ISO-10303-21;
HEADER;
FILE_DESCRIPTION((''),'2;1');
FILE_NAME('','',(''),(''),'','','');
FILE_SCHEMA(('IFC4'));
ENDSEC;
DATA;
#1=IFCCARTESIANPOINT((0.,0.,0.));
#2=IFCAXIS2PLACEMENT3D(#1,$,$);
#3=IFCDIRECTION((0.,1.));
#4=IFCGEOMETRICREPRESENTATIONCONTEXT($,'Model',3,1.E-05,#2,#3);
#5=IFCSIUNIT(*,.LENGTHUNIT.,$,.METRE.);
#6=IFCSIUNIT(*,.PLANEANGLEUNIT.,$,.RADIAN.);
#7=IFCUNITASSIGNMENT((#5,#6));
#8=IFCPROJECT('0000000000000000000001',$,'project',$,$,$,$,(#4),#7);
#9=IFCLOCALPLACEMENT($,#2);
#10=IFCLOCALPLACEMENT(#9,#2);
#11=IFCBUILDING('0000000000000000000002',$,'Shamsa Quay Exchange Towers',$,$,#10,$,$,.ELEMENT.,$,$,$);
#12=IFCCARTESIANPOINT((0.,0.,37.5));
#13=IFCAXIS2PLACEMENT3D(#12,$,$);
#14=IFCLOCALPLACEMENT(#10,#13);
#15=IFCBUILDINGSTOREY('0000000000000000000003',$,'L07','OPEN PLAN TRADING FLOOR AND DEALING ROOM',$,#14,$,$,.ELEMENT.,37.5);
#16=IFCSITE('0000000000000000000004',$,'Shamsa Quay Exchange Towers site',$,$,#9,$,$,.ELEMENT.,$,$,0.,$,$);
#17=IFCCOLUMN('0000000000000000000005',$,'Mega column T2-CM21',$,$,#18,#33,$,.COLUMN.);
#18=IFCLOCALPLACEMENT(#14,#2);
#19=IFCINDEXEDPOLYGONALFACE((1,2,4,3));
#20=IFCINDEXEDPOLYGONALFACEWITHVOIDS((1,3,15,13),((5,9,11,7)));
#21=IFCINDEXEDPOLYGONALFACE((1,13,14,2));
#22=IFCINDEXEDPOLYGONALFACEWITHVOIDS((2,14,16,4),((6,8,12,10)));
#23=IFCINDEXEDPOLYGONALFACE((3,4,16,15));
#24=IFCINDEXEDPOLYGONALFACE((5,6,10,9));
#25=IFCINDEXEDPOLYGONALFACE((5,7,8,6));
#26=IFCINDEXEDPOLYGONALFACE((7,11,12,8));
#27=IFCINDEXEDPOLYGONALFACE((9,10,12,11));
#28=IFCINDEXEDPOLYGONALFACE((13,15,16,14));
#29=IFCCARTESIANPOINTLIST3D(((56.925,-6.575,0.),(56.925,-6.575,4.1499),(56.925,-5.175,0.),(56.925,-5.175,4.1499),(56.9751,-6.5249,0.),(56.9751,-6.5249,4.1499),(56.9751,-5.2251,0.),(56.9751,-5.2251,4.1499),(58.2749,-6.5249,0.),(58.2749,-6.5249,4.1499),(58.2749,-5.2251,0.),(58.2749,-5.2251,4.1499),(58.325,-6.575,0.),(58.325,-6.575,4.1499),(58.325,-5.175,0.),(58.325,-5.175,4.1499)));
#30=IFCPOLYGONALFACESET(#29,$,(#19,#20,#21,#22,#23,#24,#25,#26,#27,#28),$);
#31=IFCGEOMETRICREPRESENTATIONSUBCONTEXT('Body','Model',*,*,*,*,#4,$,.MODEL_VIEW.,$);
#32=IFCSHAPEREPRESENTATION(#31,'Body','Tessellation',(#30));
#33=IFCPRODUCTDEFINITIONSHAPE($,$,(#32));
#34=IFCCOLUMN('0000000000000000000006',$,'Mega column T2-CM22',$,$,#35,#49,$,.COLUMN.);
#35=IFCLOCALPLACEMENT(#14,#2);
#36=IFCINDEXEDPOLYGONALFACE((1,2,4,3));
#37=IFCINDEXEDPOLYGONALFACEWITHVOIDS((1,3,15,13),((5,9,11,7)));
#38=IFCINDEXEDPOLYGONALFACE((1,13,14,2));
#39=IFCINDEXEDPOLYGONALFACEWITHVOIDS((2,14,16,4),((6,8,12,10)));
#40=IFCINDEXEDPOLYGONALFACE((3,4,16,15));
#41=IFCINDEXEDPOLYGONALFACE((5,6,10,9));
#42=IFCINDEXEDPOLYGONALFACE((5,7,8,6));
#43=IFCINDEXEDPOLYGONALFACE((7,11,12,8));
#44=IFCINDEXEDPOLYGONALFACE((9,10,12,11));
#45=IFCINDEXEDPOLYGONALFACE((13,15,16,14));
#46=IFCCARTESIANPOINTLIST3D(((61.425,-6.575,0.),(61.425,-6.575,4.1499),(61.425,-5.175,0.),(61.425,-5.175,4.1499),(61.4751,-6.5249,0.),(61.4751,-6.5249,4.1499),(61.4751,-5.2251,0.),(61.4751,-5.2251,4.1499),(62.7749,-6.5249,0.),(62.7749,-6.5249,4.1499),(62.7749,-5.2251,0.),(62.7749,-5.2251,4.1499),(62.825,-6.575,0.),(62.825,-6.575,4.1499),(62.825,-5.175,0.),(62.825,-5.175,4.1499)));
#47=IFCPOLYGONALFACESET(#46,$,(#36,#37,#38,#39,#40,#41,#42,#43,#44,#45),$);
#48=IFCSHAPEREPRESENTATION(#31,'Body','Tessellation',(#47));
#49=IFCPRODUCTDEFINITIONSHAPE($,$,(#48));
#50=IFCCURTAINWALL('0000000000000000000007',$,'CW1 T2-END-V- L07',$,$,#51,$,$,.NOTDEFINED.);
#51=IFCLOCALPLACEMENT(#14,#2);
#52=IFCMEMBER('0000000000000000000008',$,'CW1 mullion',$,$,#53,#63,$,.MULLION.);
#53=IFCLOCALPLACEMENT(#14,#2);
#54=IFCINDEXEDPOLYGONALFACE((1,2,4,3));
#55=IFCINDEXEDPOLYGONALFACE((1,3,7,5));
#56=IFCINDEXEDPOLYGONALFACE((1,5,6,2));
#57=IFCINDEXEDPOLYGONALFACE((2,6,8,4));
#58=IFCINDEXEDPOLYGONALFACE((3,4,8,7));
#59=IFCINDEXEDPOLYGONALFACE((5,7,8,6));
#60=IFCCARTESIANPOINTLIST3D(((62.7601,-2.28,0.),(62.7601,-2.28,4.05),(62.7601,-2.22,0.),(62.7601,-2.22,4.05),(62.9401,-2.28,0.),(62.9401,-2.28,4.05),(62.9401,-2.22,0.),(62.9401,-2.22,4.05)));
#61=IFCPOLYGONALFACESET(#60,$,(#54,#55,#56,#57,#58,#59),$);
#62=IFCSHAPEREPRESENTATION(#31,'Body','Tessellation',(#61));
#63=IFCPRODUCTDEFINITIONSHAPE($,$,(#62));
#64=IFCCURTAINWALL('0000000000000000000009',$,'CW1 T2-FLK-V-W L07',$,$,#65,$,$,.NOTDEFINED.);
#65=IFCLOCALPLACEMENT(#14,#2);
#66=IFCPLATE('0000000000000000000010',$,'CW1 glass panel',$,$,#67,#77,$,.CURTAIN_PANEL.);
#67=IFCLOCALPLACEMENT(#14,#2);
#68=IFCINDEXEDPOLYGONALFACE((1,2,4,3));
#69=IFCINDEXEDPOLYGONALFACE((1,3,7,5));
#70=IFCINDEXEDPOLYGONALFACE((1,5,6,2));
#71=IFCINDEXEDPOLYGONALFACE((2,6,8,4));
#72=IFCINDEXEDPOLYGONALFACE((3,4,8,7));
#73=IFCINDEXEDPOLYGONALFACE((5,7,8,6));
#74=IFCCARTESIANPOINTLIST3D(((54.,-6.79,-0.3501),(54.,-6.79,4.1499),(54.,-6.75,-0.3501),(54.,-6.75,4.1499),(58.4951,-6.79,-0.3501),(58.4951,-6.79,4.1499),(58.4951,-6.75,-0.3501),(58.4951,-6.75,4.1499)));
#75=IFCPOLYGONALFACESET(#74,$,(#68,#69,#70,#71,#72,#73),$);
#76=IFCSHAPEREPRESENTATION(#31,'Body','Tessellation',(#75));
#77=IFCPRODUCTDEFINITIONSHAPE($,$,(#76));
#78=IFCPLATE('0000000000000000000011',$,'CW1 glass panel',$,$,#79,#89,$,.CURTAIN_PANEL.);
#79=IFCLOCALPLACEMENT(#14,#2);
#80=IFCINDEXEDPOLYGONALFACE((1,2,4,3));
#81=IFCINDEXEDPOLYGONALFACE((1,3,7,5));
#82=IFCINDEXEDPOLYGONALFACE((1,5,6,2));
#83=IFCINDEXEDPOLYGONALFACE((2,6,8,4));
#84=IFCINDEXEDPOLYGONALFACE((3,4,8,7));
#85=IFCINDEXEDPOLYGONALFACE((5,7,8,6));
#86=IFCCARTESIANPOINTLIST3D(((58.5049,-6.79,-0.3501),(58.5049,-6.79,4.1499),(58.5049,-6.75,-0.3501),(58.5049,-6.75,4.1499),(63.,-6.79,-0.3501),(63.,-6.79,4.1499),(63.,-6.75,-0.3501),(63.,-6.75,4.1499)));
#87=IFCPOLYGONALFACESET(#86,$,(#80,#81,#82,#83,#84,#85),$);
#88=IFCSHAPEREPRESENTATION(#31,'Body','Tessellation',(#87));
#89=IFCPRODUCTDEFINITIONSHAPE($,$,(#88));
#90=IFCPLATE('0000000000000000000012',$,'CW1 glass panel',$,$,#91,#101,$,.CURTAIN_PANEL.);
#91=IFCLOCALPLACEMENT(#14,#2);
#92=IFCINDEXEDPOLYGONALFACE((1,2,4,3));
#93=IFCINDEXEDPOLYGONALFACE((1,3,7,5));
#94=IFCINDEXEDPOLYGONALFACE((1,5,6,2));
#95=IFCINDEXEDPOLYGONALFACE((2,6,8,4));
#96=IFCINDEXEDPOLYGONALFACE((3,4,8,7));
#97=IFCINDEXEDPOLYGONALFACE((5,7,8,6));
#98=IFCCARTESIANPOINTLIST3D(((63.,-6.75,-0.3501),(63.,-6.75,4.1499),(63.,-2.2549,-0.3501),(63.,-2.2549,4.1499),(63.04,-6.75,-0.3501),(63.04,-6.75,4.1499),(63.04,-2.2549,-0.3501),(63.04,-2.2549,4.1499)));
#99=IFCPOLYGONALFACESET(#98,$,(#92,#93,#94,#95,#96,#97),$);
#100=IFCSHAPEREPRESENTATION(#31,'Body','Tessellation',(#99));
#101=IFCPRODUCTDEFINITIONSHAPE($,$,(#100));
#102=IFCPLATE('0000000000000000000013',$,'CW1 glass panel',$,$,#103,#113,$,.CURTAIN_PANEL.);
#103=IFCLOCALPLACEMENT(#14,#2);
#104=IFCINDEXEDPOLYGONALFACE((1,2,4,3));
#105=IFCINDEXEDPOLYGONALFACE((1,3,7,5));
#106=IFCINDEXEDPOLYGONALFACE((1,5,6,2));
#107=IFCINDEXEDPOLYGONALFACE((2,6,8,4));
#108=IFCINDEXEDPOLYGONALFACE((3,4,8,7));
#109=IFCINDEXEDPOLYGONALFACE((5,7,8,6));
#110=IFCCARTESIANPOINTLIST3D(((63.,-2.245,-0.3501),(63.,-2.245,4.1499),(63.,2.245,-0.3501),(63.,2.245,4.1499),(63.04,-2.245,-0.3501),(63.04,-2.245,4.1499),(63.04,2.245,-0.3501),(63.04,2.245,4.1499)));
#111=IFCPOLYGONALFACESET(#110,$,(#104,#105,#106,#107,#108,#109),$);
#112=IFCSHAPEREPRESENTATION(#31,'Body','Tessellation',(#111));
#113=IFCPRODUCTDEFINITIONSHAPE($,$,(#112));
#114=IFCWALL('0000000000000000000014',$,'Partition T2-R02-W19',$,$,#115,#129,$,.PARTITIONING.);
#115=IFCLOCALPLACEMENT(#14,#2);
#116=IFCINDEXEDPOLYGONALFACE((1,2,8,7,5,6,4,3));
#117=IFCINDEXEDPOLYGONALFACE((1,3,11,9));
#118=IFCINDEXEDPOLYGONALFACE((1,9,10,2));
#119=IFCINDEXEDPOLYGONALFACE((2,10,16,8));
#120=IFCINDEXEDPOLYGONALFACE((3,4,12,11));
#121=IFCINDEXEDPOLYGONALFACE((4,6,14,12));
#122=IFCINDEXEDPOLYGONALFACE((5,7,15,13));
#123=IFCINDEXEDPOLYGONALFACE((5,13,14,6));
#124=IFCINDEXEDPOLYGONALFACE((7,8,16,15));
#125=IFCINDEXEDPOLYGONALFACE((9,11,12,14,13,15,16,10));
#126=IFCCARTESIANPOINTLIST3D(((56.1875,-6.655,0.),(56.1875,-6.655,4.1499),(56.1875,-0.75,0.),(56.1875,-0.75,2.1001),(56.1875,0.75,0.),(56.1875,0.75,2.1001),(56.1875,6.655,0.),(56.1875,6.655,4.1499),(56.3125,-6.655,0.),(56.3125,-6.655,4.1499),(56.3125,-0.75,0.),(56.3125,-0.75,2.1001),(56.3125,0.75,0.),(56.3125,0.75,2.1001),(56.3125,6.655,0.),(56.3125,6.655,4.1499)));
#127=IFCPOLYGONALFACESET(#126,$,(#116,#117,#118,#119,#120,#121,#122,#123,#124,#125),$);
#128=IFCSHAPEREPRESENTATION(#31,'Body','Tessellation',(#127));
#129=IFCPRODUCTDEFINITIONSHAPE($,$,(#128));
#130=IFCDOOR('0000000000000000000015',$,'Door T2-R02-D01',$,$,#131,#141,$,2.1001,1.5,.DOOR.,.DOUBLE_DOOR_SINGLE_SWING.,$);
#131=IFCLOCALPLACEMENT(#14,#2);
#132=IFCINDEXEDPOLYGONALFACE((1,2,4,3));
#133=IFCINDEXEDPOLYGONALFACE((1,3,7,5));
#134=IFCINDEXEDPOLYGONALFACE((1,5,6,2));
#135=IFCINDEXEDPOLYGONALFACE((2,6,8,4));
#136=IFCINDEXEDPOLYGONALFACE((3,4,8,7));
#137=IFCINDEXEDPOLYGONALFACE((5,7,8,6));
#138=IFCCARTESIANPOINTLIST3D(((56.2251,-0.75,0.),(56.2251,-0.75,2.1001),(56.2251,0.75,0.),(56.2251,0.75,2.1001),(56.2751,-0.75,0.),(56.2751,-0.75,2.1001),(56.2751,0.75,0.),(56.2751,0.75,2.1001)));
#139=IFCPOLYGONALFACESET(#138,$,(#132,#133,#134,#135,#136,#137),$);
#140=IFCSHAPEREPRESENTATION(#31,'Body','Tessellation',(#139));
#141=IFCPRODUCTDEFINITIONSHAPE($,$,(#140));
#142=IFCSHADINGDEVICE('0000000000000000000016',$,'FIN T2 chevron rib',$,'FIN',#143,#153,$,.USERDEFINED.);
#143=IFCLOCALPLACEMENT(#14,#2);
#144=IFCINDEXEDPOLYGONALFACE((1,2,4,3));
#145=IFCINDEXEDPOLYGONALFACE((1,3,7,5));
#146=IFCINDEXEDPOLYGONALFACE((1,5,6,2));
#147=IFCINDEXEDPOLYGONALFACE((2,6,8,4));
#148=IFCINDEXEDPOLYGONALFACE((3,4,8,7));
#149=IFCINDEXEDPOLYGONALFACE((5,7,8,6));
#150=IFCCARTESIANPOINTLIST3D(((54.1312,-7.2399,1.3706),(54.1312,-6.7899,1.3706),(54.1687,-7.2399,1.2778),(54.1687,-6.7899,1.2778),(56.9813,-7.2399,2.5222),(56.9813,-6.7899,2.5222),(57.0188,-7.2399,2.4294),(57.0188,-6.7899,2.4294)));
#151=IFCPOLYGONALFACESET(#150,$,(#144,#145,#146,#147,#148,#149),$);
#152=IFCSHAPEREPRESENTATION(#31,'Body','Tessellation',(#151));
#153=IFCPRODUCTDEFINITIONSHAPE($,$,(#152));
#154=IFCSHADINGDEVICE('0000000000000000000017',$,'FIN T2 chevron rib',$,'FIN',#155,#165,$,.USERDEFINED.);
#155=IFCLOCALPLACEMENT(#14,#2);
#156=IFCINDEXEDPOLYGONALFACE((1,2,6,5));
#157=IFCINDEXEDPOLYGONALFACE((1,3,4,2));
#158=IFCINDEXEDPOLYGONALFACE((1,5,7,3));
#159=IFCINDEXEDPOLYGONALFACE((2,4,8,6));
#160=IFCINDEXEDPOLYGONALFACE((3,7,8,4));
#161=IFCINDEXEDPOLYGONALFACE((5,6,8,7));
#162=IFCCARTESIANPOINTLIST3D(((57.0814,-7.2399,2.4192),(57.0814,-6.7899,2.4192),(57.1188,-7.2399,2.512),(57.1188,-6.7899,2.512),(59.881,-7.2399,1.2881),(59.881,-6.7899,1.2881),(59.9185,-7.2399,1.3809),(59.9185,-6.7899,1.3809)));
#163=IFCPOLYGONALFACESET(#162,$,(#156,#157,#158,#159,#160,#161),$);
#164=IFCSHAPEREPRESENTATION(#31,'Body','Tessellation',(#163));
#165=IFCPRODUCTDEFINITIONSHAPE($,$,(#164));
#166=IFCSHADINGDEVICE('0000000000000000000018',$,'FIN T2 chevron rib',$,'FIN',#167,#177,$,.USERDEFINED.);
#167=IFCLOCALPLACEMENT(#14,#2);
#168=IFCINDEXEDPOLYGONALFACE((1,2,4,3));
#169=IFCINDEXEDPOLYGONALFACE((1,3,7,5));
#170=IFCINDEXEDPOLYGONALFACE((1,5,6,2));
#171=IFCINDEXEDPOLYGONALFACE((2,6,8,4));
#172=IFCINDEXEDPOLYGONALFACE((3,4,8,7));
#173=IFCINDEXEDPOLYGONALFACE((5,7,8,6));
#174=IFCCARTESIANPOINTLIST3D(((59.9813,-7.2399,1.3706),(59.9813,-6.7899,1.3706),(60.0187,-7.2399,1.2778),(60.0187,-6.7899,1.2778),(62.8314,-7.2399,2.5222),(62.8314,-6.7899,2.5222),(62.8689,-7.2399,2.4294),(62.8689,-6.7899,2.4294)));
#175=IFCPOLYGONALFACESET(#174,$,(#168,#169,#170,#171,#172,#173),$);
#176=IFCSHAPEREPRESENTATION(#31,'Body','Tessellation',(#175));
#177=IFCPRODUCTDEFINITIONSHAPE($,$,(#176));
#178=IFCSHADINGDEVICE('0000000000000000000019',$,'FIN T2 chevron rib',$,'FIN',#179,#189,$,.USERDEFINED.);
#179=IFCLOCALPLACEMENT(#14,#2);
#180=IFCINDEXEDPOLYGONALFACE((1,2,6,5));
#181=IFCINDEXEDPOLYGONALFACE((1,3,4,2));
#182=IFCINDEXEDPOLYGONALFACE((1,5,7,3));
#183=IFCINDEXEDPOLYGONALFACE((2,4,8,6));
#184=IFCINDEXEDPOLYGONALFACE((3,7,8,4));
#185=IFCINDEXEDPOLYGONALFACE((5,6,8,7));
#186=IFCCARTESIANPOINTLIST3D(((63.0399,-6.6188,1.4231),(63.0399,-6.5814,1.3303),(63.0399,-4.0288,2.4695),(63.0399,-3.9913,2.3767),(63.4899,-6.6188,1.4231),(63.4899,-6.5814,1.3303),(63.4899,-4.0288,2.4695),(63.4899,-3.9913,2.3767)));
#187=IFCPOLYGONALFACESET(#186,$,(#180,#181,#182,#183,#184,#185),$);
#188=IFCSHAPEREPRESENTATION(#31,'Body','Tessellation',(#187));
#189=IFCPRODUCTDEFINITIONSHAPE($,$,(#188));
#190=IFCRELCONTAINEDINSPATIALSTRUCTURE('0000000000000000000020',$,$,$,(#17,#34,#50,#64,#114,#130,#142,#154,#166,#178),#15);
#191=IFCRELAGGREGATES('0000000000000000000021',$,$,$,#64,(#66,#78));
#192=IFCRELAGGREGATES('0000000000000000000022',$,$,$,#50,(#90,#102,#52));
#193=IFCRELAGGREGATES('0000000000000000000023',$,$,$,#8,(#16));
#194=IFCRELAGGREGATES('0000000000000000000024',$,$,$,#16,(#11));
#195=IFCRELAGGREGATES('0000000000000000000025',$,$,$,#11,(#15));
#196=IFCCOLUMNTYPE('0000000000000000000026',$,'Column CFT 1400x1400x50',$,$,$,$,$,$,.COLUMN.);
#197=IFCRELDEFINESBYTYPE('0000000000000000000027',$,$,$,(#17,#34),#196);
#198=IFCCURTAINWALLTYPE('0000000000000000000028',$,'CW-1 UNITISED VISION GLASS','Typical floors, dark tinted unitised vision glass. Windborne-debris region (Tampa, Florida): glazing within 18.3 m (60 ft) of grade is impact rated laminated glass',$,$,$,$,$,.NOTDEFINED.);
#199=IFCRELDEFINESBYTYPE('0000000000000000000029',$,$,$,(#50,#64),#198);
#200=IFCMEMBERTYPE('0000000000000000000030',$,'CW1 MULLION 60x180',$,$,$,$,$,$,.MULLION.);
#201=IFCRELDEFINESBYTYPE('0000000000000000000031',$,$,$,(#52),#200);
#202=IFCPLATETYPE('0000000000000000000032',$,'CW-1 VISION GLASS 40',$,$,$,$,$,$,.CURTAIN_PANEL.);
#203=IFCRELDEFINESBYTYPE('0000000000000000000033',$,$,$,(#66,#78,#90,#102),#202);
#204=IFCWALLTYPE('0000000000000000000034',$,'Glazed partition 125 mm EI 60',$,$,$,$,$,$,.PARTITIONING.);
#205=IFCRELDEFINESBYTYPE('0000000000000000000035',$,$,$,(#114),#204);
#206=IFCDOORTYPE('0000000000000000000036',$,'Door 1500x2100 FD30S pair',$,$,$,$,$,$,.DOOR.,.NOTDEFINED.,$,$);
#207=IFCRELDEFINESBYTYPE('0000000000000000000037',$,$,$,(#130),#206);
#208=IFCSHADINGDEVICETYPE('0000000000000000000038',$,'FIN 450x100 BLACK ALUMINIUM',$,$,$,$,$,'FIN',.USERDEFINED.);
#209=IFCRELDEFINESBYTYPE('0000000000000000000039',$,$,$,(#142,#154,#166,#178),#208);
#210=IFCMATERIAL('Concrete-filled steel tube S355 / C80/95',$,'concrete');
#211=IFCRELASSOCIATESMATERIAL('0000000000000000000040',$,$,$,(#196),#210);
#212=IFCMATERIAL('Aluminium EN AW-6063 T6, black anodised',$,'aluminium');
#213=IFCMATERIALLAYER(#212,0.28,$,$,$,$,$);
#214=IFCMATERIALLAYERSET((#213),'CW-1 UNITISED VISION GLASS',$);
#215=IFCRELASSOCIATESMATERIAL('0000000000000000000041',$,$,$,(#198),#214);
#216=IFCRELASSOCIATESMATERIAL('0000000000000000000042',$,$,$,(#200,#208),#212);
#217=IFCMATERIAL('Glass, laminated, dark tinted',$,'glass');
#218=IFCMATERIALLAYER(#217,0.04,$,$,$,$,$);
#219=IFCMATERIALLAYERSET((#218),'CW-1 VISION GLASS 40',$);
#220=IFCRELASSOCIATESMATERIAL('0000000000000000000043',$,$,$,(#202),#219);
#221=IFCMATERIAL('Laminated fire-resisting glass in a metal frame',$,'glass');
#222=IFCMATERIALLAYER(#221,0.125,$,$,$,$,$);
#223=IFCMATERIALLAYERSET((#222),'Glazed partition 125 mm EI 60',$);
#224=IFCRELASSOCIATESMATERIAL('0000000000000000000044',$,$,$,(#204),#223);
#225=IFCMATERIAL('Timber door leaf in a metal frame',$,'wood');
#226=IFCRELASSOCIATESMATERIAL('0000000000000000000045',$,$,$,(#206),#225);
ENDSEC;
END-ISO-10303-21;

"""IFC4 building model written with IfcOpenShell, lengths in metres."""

from ifc_helpers import new_model, si_unit, direction, frame, frame_2d, origin, origin_2d, place, context, subcontext, project, spatial, rectangle, hollow_rectangle, extrude, material, layer, layer_set, material_profile, profile_set, type_object, element, fill, aggregate, save


model = new_model("IFC4")

# Units and contexts
model_context = context("Model", 3, precision=1e-05, world=origin(), true_north=direction((0.0, 1.0)))
body_context = subcontext(model_context, "Body", "Model", "MODEL_VIEW")
ifc_project = project(units=[si_unit("LENGTHUNIT", "METRE"), si_unit("PLANEANGLEUNIT", "RADIAN")], contexts=[model_context])

# Site, building, storey
site_placement = place(None, origin())
site = spatial("IfcSite", under=ifc_project, at=site_placement, Name="Shamsa Quay Exchange Towers site", CompositionType="ELEMENT", RefElevation=0.0)
building_placement = place(site_placement, origin())
building = spatial("IfcBuilding", under=site, at=building_placement, Name="Shamsa Quay Exchange Towers", CompositionType="ELEMENT")
storey_placement = place(building_placement, frame((0.0, 0.0, 37.5)))
storey = spatial("IfcBuildingStorey", under=building, at=storey_placement, Name="L07", Description="OPEN PLAN TRADING FLOOR AND DEALING ROOM", CompositionType="ELEMENT", Elevation=37.5)

# Columns
ifc_material_1 = material(Name="Concrete-filled steel tube S355 / C80/95", Category="concrete")
ifc_material_profile_1 = material_profile(ifc_material_1, hollow_rectangle(XDim=1.3999, YDim=1.3999, WallThickness=0.05, at=origin_2d()), Name="CFT 1400x1400x50")
ifc_profile_set_1 = profile_set([ifc_material_profile_1], Name="Concrete-filled steel tube S355 / C80/95")
column_type = type_object("IfcColumnType", Name="Column CFT 1400x1400x50", PredefinedType="COLUMN", material=ifc_profile_set_1)
for number, where, name in (
    (1, (57.625, -5.875, 0.0), "Mega column T2-CM21"),
    (2, (62.125, -5.875, 0.0), "Mega column T2-CM22"),
):
    element("IfcColumn", number, at=place(storey_placement, frame(where)), inside=storey, type_object=column_type, Name=name, PredefinedType="COLUMN", context=body_context, shape_type="SweptSolid", body=[
        extrude(hollow_rectangle(XDim=1.3999, YDim=1.3999, WallThickness=0.05, at=origin_2d()), origin(), (0.0, 0.0, 1.0), 4.1499),
    ])

# Curtain wall, member
ifc_material_2 = material(Name="Aluminium EN AW-6063 T6, black anodised", Category="aluminium")
ifc_layer_1 = layer(ifc_material_2, 0.28)
ifc_layer_set_1 = layer_set([ifc_layer_1], Name="CW-1 UNITISED VISION GLASS")
curtain_wall_type = type_object("IfcCurtainWallType", Name="CW-1 UNITISED VISION GLASS", Description="Typical floors, dark tinted unitised vision glass. Windborne-debris region (Tampa, Florida): glazing within 18.3 m (60 ft) of grade is impact rated laminated glass", PredefinedType="NOTDEFINED", material=ifc_layer_set_1)
curtain_wall_1_placement = place(storey_placement, origin())
curtain_wall_1 = element("IfcCurtainWall", 3, at=curtain_wall_1_placement, inside=storey, type_object=curtain_wall_type, Name="CW1 T2-END-V- L07", PredefinedType="NOTDEFINED")
ifc_material_profile_2 = material_profile(ifc_material_2, rectangle(XDim=0.1799, YDim=0.0601, at=origin_2d()), Name="MU60x180")
ifc_profile_set_2 = profile_set([ifc_material_profile_2], Name="Aluminium EN AW-6063 T6, black anodised")
member_type = type_object("IfcMemberType", Name="CW1 MULLION 60x180", PredefinedType="MULLION", material=ifc_profile_set_2)
member_placement = place(storey_placement, frame((62.8501, -2.25, 0.0), z_axis=(0.0, 0.0, 1.0), x_axis=(-1.0, 0.0, 0.0)))
member = element("IfcMember", 4, at=member_placement, type_object=member_type, Name="CW1 mullion", PredefinedType="MULLION", context=body_context, shape_type="SweptSolid", body=[
    extrude(rectangle(XDim=0.1799, YDim=0.0601, at=origin_2d()), origin(), (0.0, 0.0, 1.0), 4.05),
])

# Curtain wall, plates
curtain_wall_2_placement = place(storey_placement, origin())
curtain_wall_2 = element("IfcCurtainWall", 5, at=curtain_wall_2_placement, inside=storey, type_object=curtain_wall_type, Name="CW1 T2-FLK-V-W L07", PredefinedType="NOTDEFINED")
ifc_material_3 = material(Name="Glass, laminated, dark tinted", Category="glass")
ifc_layer_2 = layer(ifc_material_3, 0.04)
ifc_layer_set_2 = layer_set([ifc_layer_2], Name="CW-1 VISION GLASS 40")
plate_type = type_object("IfcPlateType", Name="CW-1 VISION GLASS 40", PredefinedType="CURTAIN_PANEL", material=ifc_layer_set_2)
plate_1_placement = place(storey_placement, frame((56.2476, -6.77, -0.3501)))
plate_1 = element("IfcPlate", 6, at=plate_1_placement, type_object=plate_type, Name="CW1 glass panel", PredefinedType="CURTAIN_PANEL", context=body_context, shape_type="SweptSolid", body=[
    extrude(rectangle(XDim=4.4951, YDim=0.04, at=origin_2d()), origin(), (0.0, 0.0, 1.0), 4.5),
])
plate_2_placement = place(storey_placement, frame((60.7524, -6.77, -0.3501)))
plate_2 = element("IfcPlate", 7, at=plate_2_placement, type_object=plate_type, Name="CW1 glass panel", PredefinedType="CURTAIN_PANEL", context=body_context, shape_type="SweptSolid", body=[
    extrude(rectangle(XDim=4.4951, YDim=0.04, at=origin_2d()), origin(), (0.0, 0.0, 1.0), 4.5),
])
aggregate(curtain_wall_2, [plate_1, plate_2])

# Plates
plate_3_placement = place(storey_placement, frame((63.02, -4.5024, -0.3501), z_axis=(0.0, 0.0, 1.0), x_axis=(0.0, 1.0, 0.0)))
plate_3 = element("IfcPlate", 8, at=plate_3_placement, type_object=plate_type, Name="CW1 glass panel", PredefinedType="CURTAIN_PANEL", context=body_context, shape_type="SweptSolid", body=[
    extrude(rectangle(XDim=4.4951, YDim=0.04, at=origin_2d()), origin(), (0.0, 0.0, 1.0), 4.5),
])
plate_4_placement = place(storey_placement, frame((63.02, 0.0, -0.3501), z_axis=(0.0, 0.0, 1.0), x_axis=(0.0, 1.0, 0.0)))
plate_4 = element("IfcPlate", 9, at=plate_4_placement, type_object=plate_type, Name="CW1 glass panel", PredefinedType="CURTAIN_PANEL", context=body_context, shape_type="SweptSolid", body=[
    extrude(rectangle(XDim=4.49, YDim=0.04, at=origin_2d()), origin(), (0.0, 0.0, 1.0), 4.5),
])
aggregate(curtain_wall_1, [plate_3, plate_4, member])

# Wall, opening, door
ifc_material_4 = material(Name="Laminated fire-resisting glass in a metal frame", Category="glass")
ifc_layer_3 = layer(ifc_material_4, 0.125)
ifc_layer_set_3 = layer_set([ifc_layer_3], Name="Glazed partition 125 mm EI 60")
wall_type = type_object("IfcWallType", Name="Glazed partition 125 mm EI 60", PredefinedType="PARTITIONING", material=ifc_layer_set_3)
wall_placement = place(storey_placement, frame((56.25, -6.655, 0.0), z_axis=(0.0, 0.0, 1.0), x_axis=(0.0, 1.0, 0.0)))
wall = element("IfcWall", 10, at=wall_placement, inside=storey, type_object=wall_type, Name="Partition T2-R02-W19", PredefinedType="PARTITIONING", context=body_context, shape_type="SweptSolid", body=[
    extrude(rectangle(XDim=13.3101, YDim=0.125, at=frame_2d((6.655, 0.0))), origin(), (0.0, 0.0, 1.0), 4.1499),
])
opening_placement = place(wall_placement, frame((5.905, 0.0, 0.0)))
opening = element("IfcOpeningElement", 11, at=opening_placement, cuts=wall, PredefinedType="OPENING", context=body_context, shape_type="SweptSolid", body=[
    extrude(rectangle(XDim=1.5, YDim=2.1001, at=frame_2d((0.75, 1.05))), frame((0.0, 0.0725, 0.0), z_axis=(0.0, -1.0, 0.0), x_axis=(1.0, 0.0, 0.0)), (0.0, 0.0, 1.0), 0.145),
])
ifc_material_5 = material(Name="Timber door leaf in a metal frame", Category="wood")
door_type = type_object("IfcDoorType", Name="Door 1500x2100 FD30S pair", OperationType="NOTDEFINED", PredefinedType="DOOR", material=ifc_material_5)
door_placement = place(opening_placement, origin())
door = element("IfcDoor", 12, at=door_placement, inside=storey, type_object=door_type, Name="Door T2-R02-D01", OperationType="DOUBLE_DOOR_SINGLE_SWING", OverallHeight=2.1001, OverallWidth=1.5, PredefinedType="DOOR", context=body_context, shape_type="SweptSolid", body=[
    extrude(rectangle(XDim=1.5, YDim=2.1001, at=frame_2d((0.75, 1.05))), frame((0.0, 0.0249, 0.0), z_axis=(0.0, -1.0, 0.0), x_axis=(1.0, 0.0, 0.0)), (0.0, 0.0, 1.0), 0.05),
])
fill(opening, door)

# Shading devices
ifc_material_profile_3 = material_profile(ifc_material_2, rectangle(XDim=0.45, YDim=0.1001, at=origin_2d()), Name="FIN450x100")
ifc_profile_set_3 = profile_set([ifc_material_profile_3], Name="Aluminium EN AW-6063 T6, black anodised")
shading_device_type = type_object("IfcShadingDeviceType", Name="FIN 450x100 BLACK ALUMINIUM", ElementType="FIN", PredefinedType="USERDEFINED", material=ifc_profile_set_3)
shading_device_1_placement = place(storey_placement, frame((54.1499, -7.0149, 1.3242), z_axis=(0.927173, 0.0, 0.374634), x_axis=(0.0, 1.0, 0.0)))
element("IfcShadingDevice", 13, at=shading_device_1_placement, inside=storey, type_object=shading_device_type, Name="FIN T2 chevron rib", ObjectType="FIN", PredefinedType="USERDEFINED", context=body_context, shape_type="SweptSolid", body=[
    extrude(rectangle(XDim=0.45, YDim=0.1001, at=origin_2d()), origin(), (0.0, 0.0, 1.0), 3.074),
])
shading_device_2_placement = place(storey_placement, frame((57.1001, -7.0149, 2.4656), z_axis=(0.927194, 0.0, -0.374581), x_axis=(0.0, 1.0, 0.0)))
element("IfcShadingDevice", 14, at=shading_device_2_placement, inside=storey, type_object=shading_device_type, Name="FIN T2 chevron rib", ObjectType="FIN", PredefinedType="USERDEFINED", context=body_context, shape_type="SweptSolid", body=[
    extrude(rectangle(XDim=0.45, YDim=0.1001, at=origin_2d()), origin(), (0.0, 0.0, 1.0), 3.0195),
])
shading_device_3_placement = place(storey_placement, frame((60.0, -7.0149, 1.3242), z_axis=(0.927173, 0.0, 0.374634), x_axis=(0.0, 1.0, 0.0)))
element("IfcShadingDevice", 15, at=shading_device_3_placement, inside=storey, type_object=shading_device_type, Name="FIN T2 chevron rib", ObjectType="FIN", PredefinedType="USERDEFINED", context=body_context, shape_type="SweptSolid", body=[
    extrude(rectangle(XDim=0.45, YDim=0.1001, at=origin_2d()), origin(), (0.0, 0.0, 1.0), 3.074),
])
shading_device_4_placement = place(storey_placement, frame((63.2649, -6.6001, 1.3767), z_axis=(0.0, 0.927193, 0.374583), x_axis=(-1.0, 0.0, 0.0)))
element("IfcShadingDevice", 16, at=shading_device_4_placement, inside=storey, type_object=shading_device_type, Name="FIN T2 chevron rib", ObjectType="FIN", PredefinedType="USERDEFINED", context=body_context, shape_type="SweptSolid", body=[
    extrude(rectangle(XDim=0.45, YDim=0.1001, at=origin_2d()), origin(), (0.0, 0.0, 1.0), 2.7935),
])

save(model, "model.ifc")
